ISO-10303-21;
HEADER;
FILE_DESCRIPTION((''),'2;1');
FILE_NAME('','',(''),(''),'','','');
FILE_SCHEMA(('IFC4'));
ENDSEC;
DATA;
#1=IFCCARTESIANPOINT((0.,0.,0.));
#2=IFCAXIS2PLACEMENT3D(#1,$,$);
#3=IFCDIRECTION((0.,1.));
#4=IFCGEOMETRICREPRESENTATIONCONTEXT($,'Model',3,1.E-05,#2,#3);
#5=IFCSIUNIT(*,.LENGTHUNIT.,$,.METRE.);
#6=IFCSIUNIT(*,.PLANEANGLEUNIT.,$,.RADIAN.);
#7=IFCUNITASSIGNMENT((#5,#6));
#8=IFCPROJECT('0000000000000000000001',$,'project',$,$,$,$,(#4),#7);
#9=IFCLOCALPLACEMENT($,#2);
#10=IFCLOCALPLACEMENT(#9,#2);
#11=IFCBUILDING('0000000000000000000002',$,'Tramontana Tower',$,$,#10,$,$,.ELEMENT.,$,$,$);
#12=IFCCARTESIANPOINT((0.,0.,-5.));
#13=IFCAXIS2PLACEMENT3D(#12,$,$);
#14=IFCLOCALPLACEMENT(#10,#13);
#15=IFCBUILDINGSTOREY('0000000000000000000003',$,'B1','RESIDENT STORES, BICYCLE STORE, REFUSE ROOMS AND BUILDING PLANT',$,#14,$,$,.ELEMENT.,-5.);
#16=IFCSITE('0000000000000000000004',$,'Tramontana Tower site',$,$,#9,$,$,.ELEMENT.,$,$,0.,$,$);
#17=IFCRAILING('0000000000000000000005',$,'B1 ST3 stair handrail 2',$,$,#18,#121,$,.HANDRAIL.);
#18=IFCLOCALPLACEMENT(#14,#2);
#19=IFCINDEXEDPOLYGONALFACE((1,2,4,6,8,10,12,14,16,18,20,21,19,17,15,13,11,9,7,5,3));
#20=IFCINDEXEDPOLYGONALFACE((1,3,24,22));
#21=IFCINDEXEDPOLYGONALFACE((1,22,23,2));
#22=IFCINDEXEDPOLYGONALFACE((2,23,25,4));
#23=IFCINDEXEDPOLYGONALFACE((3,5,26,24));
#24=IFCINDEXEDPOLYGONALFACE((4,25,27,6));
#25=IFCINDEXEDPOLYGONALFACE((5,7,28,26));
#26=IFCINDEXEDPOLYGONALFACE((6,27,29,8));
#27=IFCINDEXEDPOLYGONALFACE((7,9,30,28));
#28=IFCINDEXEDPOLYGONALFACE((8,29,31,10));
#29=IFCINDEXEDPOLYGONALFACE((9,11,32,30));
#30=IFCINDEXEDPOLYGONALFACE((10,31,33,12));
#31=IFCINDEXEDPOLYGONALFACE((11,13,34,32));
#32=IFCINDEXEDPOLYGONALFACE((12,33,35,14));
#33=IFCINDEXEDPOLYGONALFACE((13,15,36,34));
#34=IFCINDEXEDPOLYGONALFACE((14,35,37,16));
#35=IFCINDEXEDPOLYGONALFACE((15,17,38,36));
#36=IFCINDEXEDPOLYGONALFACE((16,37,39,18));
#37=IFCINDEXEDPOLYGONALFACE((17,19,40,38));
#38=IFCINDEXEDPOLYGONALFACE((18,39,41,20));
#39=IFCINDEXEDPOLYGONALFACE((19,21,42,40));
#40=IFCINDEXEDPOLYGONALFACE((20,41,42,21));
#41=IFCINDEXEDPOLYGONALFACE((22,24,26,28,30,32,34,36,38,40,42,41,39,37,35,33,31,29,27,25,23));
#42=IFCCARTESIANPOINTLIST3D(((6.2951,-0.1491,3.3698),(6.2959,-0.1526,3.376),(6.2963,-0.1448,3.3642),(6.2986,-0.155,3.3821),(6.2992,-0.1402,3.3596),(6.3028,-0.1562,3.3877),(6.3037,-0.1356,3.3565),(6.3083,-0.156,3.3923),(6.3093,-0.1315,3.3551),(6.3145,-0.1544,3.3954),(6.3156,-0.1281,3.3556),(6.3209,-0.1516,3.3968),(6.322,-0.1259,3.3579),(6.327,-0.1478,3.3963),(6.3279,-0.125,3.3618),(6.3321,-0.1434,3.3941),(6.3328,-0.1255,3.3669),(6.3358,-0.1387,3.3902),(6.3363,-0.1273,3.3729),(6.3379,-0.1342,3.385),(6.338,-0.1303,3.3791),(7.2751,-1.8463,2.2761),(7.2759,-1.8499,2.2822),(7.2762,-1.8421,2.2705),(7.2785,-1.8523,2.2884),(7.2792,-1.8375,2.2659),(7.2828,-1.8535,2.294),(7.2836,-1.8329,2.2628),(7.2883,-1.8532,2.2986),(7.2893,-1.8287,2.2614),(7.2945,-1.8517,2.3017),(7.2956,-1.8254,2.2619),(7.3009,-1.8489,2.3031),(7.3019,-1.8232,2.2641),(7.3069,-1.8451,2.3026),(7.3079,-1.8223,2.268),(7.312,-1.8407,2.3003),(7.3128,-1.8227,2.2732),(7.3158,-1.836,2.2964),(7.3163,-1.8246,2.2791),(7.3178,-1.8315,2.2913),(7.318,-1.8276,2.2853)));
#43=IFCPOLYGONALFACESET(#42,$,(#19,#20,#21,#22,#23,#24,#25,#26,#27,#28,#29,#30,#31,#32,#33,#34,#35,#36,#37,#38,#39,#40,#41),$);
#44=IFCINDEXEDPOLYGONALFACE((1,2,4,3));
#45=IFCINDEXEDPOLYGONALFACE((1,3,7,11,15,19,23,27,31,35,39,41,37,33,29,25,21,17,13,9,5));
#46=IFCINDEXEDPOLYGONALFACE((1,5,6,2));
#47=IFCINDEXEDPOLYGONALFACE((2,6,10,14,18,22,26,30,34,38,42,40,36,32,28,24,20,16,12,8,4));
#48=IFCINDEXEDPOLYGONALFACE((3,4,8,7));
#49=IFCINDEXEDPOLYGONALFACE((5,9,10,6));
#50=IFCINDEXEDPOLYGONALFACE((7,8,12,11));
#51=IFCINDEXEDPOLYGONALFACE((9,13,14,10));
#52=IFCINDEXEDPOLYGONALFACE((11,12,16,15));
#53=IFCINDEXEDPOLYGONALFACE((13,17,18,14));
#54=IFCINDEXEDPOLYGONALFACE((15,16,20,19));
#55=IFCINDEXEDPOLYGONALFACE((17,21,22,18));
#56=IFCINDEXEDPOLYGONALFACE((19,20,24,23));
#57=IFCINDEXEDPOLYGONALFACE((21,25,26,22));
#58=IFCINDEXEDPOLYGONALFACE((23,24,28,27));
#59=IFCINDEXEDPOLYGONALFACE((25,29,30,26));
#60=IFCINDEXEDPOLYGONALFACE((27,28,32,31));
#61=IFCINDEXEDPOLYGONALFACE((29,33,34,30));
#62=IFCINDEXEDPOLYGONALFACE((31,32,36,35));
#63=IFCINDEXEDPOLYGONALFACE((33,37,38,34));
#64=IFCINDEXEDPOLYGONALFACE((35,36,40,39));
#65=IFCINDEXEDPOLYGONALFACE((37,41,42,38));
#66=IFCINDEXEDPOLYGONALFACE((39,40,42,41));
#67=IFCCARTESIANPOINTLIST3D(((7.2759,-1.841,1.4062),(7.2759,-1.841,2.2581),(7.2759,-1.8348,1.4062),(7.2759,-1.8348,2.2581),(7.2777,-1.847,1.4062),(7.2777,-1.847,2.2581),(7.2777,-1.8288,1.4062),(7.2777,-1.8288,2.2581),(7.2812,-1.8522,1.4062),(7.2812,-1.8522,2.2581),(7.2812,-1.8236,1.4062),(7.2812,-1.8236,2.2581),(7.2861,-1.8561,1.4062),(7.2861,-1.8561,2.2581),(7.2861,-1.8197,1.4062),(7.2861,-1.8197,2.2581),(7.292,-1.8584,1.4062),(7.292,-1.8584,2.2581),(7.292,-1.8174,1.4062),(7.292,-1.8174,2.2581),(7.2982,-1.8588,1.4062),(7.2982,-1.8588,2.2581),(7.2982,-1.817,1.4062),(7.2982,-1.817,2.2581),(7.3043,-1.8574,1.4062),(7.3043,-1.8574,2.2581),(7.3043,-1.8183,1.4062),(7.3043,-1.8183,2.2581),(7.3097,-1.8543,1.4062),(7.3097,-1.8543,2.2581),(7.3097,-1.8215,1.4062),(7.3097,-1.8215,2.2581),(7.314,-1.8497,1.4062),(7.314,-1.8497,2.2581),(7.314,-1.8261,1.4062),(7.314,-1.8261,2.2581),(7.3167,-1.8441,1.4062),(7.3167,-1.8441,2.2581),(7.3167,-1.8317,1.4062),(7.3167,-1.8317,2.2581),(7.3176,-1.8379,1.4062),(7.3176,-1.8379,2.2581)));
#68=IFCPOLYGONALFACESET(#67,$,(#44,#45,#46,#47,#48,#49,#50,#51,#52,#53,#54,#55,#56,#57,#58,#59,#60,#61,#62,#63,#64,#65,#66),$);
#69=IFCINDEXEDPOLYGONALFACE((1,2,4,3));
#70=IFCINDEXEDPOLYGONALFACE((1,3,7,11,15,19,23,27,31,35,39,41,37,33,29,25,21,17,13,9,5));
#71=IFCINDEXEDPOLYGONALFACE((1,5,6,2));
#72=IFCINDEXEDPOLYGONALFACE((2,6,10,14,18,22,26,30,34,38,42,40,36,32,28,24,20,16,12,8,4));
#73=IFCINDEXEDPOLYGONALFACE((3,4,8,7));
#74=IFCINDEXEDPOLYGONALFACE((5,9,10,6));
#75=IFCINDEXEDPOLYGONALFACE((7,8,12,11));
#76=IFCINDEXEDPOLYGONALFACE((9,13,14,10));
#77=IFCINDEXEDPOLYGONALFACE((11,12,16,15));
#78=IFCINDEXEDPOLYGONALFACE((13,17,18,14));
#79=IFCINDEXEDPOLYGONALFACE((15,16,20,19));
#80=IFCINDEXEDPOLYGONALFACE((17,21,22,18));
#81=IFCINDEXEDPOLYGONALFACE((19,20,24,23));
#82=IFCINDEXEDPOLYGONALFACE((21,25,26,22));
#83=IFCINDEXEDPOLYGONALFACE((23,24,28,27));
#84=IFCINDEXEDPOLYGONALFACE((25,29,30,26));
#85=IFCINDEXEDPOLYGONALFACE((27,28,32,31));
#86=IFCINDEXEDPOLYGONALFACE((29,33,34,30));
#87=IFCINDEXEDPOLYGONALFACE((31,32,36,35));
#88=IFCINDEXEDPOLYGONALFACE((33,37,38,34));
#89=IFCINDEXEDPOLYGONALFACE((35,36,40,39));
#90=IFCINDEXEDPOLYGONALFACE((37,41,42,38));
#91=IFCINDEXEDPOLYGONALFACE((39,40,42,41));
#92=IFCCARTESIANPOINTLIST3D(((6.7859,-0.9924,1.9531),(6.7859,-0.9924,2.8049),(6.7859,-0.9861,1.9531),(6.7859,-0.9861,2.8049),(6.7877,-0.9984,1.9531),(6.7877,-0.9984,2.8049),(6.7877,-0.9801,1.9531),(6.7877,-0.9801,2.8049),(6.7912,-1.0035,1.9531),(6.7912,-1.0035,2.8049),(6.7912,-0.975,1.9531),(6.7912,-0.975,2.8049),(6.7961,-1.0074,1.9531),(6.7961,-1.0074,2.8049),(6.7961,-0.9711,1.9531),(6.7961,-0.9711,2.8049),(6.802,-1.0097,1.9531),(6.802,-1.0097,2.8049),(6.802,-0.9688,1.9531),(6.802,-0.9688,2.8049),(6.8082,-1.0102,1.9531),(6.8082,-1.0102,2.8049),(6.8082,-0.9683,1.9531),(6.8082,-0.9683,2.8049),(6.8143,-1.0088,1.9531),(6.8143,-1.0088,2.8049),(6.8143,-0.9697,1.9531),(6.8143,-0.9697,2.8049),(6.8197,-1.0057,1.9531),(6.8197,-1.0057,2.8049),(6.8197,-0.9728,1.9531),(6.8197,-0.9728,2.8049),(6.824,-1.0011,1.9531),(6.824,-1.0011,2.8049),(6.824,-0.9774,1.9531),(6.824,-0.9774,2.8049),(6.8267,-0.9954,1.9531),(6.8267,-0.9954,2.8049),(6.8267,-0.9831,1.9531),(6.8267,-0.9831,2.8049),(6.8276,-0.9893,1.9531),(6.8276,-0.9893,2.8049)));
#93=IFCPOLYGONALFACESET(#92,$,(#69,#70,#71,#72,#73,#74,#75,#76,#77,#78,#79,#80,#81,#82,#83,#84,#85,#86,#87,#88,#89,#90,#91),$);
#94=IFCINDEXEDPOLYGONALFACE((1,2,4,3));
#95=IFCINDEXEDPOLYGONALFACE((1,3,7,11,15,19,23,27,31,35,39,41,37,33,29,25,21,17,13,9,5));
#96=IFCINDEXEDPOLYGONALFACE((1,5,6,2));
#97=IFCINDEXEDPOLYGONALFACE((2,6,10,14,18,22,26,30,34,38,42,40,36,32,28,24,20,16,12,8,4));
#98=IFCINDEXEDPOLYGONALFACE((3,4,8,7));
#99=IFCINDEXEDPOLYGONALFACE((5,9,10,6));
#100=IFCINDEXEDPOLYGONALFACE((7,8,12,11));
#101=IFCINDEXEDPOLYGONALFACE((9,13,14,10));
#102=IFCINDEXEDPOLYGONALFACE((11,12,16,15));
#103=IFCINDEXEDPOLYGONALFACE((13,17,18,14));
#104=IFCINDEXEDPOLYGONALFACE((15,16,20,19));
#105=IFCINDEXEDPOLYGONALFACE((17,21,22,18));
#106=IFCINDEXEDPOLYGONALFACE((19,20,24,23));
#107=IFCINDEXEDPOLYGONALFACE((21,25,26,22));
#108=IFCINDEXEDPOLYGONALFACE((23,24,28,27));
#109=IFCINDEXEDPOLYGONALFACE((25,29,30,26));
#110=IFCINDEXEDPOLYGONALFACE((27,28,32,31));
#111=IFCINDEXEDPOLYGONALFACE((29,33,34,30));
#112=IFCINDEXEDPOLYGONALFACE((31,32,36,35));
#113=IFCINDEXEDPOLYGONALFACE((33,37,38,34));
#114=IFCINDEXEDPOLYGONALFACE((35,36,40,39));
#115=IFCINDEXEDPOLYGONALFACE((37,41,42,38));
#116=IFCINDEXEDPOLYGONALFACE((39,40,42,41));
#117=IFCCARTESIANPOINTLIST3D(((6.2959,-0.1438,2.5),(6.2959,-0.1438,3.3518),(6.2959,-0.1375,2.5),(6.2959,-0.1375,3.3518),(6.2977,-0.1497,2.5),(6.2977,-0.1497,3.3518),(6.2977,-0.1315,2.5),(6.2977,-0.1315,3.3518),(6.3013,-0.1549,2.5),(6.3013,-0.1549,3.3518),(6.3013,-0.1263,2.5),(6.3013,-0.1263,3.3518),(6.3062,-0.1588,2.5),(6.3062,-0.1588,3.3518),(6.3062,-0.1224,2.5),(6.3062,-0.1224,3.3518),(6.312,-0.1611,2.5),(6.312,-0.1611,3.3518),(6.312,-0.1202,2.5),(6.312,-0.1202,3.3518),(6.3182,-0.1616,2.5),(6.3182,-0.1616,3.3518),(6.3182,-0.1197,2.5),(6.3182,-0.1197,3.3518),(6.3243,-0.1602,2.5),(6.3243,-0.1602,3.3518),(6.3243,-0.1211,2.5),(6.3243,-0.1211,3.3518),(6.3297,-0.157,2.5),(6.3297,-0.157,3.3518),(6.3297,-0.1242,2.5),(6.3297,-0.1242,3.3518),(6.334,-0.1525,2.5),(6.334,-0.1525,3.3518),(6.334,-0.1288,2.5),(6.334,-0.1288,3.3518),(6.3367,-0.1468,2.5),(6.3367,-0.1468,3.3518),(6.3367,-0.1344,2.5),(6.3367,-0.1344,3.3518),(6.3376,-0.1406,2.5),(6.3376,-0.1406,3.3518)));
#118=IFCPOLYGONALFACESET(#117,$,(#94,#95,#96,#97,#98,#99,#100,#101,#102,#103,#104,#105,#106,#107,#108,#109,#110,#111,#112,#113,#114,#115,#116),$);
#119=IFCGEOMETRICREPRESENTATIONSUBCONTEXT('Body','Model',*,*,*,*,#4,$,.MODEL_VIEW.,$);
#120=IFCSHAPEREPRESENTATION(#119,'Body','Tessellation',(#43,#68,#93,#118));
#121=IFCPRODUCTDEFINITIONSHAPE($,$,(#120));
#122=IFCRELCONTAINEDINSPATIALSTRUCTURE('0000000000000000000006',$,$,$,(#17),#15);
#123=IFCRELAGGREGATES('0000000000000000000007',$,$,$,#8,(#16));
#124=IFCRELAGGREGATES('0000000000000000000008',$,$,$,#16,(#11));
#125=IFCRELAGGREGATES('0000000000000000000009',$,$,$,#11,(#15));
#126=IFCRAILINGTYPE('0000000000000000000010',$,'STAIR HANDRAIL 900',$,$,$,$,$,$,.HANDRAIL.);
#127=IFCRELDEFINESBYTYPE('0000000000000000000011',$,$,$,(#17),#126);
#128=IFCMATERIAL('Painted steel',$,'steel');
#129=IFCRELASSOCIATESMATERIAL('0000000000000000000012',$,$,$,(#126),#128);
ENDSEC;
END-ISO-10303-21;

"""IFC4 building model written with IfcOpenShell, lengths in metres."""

from ifc_helpers import new_model, si_unit, direction, frame, origin, origin_2d, place, context, subcontext, project, spatial, circle, extrude, material, type_object, element, save


model = new_model("IFC4")

# Units and contexts
model_context = context("Model", 3, precision=1e-05, world=origin(), true_north=direction((0.0, 1.0)))
body_context = subcontext(model_context, "Body", "Model", "MODEL_VIEW")
ifc_project = project(units=[si_unit("LENGTHUNIT", "METRE"), si_unit("PLANEANGLEUNIT", "RADIAN")], contexts=[model_context])

# Site, building, storey
site_placement = place(None, origin())
site = spatial("IfcSite", under=ifc_project, at=site_placement, Name="Tramontana Tower site", CompositionType="ELEMENT", RefElevation=0.0)
building_placement = place(site_placement, origin())
building = spatial("IfcBuilding", under=site, at=building_placement, Name="Tramontana Tower", CompositionType="ELEMENT")
storey_placement = place(building_placement, frame((0.0, 0.0, -5.0)))
storey = spatial("IfcBuildingStorey", under=building, at=storey_placement, Name="B1", Description="RESIDENT STORES, BICYCLE STORE, REFUSE ROOMS AND BUILDING PLANT", CompositionType="ELEMENT", Elevation=-5.0)

# Railing
ifc_material_1 = material(Name="Painted steel", Category="steel")
railing_type_1 = type_object("IfcRailingType", Name="STAIR HANDRAIL 900", PredefinedType="HANDRAIL", material=ifc_material_1)
railing_1_placement = place(storey_placement, frame((7.2966, -1.8379, 1.4062)))
element("IfcRailing", 1, at=railing_1_placement, inside=storey, type_object=railing_type_1, Name="B1 ST3 stair handrail 2", PredefinedType="HANDRAIL", context=body_context, shape_type="SweptSolid", body=[
    extrude(circle(Radius=0.0239, at=origin_2d()), frame((0.0, 0.0, 0.876), z_axis=(-0.436632, 0.75622, 0.487323), x_axis=(-0.866011, -0.500024, 0.0)), (0.0, 0.0, 1.0), 2.2444),
    extrude(circle(Radius=0.021, at=origin_2d()), origin(), (0.0, 0.0, 1.0), 0.8518),
    extrude(circle(Radius=0.021, at=origin_2d()), frame((-0.49, 0.8486, 0.5469)), (0.0, 0.0, 1.0), 0.8518),
    extrude(circle(Radius=0.021, at=origin_2d()), frame((-0.98, 1.6973, 1.0938)), (0.0, 0.0, 1.0), 0.8518),
])

save(model, "model.ifc")
